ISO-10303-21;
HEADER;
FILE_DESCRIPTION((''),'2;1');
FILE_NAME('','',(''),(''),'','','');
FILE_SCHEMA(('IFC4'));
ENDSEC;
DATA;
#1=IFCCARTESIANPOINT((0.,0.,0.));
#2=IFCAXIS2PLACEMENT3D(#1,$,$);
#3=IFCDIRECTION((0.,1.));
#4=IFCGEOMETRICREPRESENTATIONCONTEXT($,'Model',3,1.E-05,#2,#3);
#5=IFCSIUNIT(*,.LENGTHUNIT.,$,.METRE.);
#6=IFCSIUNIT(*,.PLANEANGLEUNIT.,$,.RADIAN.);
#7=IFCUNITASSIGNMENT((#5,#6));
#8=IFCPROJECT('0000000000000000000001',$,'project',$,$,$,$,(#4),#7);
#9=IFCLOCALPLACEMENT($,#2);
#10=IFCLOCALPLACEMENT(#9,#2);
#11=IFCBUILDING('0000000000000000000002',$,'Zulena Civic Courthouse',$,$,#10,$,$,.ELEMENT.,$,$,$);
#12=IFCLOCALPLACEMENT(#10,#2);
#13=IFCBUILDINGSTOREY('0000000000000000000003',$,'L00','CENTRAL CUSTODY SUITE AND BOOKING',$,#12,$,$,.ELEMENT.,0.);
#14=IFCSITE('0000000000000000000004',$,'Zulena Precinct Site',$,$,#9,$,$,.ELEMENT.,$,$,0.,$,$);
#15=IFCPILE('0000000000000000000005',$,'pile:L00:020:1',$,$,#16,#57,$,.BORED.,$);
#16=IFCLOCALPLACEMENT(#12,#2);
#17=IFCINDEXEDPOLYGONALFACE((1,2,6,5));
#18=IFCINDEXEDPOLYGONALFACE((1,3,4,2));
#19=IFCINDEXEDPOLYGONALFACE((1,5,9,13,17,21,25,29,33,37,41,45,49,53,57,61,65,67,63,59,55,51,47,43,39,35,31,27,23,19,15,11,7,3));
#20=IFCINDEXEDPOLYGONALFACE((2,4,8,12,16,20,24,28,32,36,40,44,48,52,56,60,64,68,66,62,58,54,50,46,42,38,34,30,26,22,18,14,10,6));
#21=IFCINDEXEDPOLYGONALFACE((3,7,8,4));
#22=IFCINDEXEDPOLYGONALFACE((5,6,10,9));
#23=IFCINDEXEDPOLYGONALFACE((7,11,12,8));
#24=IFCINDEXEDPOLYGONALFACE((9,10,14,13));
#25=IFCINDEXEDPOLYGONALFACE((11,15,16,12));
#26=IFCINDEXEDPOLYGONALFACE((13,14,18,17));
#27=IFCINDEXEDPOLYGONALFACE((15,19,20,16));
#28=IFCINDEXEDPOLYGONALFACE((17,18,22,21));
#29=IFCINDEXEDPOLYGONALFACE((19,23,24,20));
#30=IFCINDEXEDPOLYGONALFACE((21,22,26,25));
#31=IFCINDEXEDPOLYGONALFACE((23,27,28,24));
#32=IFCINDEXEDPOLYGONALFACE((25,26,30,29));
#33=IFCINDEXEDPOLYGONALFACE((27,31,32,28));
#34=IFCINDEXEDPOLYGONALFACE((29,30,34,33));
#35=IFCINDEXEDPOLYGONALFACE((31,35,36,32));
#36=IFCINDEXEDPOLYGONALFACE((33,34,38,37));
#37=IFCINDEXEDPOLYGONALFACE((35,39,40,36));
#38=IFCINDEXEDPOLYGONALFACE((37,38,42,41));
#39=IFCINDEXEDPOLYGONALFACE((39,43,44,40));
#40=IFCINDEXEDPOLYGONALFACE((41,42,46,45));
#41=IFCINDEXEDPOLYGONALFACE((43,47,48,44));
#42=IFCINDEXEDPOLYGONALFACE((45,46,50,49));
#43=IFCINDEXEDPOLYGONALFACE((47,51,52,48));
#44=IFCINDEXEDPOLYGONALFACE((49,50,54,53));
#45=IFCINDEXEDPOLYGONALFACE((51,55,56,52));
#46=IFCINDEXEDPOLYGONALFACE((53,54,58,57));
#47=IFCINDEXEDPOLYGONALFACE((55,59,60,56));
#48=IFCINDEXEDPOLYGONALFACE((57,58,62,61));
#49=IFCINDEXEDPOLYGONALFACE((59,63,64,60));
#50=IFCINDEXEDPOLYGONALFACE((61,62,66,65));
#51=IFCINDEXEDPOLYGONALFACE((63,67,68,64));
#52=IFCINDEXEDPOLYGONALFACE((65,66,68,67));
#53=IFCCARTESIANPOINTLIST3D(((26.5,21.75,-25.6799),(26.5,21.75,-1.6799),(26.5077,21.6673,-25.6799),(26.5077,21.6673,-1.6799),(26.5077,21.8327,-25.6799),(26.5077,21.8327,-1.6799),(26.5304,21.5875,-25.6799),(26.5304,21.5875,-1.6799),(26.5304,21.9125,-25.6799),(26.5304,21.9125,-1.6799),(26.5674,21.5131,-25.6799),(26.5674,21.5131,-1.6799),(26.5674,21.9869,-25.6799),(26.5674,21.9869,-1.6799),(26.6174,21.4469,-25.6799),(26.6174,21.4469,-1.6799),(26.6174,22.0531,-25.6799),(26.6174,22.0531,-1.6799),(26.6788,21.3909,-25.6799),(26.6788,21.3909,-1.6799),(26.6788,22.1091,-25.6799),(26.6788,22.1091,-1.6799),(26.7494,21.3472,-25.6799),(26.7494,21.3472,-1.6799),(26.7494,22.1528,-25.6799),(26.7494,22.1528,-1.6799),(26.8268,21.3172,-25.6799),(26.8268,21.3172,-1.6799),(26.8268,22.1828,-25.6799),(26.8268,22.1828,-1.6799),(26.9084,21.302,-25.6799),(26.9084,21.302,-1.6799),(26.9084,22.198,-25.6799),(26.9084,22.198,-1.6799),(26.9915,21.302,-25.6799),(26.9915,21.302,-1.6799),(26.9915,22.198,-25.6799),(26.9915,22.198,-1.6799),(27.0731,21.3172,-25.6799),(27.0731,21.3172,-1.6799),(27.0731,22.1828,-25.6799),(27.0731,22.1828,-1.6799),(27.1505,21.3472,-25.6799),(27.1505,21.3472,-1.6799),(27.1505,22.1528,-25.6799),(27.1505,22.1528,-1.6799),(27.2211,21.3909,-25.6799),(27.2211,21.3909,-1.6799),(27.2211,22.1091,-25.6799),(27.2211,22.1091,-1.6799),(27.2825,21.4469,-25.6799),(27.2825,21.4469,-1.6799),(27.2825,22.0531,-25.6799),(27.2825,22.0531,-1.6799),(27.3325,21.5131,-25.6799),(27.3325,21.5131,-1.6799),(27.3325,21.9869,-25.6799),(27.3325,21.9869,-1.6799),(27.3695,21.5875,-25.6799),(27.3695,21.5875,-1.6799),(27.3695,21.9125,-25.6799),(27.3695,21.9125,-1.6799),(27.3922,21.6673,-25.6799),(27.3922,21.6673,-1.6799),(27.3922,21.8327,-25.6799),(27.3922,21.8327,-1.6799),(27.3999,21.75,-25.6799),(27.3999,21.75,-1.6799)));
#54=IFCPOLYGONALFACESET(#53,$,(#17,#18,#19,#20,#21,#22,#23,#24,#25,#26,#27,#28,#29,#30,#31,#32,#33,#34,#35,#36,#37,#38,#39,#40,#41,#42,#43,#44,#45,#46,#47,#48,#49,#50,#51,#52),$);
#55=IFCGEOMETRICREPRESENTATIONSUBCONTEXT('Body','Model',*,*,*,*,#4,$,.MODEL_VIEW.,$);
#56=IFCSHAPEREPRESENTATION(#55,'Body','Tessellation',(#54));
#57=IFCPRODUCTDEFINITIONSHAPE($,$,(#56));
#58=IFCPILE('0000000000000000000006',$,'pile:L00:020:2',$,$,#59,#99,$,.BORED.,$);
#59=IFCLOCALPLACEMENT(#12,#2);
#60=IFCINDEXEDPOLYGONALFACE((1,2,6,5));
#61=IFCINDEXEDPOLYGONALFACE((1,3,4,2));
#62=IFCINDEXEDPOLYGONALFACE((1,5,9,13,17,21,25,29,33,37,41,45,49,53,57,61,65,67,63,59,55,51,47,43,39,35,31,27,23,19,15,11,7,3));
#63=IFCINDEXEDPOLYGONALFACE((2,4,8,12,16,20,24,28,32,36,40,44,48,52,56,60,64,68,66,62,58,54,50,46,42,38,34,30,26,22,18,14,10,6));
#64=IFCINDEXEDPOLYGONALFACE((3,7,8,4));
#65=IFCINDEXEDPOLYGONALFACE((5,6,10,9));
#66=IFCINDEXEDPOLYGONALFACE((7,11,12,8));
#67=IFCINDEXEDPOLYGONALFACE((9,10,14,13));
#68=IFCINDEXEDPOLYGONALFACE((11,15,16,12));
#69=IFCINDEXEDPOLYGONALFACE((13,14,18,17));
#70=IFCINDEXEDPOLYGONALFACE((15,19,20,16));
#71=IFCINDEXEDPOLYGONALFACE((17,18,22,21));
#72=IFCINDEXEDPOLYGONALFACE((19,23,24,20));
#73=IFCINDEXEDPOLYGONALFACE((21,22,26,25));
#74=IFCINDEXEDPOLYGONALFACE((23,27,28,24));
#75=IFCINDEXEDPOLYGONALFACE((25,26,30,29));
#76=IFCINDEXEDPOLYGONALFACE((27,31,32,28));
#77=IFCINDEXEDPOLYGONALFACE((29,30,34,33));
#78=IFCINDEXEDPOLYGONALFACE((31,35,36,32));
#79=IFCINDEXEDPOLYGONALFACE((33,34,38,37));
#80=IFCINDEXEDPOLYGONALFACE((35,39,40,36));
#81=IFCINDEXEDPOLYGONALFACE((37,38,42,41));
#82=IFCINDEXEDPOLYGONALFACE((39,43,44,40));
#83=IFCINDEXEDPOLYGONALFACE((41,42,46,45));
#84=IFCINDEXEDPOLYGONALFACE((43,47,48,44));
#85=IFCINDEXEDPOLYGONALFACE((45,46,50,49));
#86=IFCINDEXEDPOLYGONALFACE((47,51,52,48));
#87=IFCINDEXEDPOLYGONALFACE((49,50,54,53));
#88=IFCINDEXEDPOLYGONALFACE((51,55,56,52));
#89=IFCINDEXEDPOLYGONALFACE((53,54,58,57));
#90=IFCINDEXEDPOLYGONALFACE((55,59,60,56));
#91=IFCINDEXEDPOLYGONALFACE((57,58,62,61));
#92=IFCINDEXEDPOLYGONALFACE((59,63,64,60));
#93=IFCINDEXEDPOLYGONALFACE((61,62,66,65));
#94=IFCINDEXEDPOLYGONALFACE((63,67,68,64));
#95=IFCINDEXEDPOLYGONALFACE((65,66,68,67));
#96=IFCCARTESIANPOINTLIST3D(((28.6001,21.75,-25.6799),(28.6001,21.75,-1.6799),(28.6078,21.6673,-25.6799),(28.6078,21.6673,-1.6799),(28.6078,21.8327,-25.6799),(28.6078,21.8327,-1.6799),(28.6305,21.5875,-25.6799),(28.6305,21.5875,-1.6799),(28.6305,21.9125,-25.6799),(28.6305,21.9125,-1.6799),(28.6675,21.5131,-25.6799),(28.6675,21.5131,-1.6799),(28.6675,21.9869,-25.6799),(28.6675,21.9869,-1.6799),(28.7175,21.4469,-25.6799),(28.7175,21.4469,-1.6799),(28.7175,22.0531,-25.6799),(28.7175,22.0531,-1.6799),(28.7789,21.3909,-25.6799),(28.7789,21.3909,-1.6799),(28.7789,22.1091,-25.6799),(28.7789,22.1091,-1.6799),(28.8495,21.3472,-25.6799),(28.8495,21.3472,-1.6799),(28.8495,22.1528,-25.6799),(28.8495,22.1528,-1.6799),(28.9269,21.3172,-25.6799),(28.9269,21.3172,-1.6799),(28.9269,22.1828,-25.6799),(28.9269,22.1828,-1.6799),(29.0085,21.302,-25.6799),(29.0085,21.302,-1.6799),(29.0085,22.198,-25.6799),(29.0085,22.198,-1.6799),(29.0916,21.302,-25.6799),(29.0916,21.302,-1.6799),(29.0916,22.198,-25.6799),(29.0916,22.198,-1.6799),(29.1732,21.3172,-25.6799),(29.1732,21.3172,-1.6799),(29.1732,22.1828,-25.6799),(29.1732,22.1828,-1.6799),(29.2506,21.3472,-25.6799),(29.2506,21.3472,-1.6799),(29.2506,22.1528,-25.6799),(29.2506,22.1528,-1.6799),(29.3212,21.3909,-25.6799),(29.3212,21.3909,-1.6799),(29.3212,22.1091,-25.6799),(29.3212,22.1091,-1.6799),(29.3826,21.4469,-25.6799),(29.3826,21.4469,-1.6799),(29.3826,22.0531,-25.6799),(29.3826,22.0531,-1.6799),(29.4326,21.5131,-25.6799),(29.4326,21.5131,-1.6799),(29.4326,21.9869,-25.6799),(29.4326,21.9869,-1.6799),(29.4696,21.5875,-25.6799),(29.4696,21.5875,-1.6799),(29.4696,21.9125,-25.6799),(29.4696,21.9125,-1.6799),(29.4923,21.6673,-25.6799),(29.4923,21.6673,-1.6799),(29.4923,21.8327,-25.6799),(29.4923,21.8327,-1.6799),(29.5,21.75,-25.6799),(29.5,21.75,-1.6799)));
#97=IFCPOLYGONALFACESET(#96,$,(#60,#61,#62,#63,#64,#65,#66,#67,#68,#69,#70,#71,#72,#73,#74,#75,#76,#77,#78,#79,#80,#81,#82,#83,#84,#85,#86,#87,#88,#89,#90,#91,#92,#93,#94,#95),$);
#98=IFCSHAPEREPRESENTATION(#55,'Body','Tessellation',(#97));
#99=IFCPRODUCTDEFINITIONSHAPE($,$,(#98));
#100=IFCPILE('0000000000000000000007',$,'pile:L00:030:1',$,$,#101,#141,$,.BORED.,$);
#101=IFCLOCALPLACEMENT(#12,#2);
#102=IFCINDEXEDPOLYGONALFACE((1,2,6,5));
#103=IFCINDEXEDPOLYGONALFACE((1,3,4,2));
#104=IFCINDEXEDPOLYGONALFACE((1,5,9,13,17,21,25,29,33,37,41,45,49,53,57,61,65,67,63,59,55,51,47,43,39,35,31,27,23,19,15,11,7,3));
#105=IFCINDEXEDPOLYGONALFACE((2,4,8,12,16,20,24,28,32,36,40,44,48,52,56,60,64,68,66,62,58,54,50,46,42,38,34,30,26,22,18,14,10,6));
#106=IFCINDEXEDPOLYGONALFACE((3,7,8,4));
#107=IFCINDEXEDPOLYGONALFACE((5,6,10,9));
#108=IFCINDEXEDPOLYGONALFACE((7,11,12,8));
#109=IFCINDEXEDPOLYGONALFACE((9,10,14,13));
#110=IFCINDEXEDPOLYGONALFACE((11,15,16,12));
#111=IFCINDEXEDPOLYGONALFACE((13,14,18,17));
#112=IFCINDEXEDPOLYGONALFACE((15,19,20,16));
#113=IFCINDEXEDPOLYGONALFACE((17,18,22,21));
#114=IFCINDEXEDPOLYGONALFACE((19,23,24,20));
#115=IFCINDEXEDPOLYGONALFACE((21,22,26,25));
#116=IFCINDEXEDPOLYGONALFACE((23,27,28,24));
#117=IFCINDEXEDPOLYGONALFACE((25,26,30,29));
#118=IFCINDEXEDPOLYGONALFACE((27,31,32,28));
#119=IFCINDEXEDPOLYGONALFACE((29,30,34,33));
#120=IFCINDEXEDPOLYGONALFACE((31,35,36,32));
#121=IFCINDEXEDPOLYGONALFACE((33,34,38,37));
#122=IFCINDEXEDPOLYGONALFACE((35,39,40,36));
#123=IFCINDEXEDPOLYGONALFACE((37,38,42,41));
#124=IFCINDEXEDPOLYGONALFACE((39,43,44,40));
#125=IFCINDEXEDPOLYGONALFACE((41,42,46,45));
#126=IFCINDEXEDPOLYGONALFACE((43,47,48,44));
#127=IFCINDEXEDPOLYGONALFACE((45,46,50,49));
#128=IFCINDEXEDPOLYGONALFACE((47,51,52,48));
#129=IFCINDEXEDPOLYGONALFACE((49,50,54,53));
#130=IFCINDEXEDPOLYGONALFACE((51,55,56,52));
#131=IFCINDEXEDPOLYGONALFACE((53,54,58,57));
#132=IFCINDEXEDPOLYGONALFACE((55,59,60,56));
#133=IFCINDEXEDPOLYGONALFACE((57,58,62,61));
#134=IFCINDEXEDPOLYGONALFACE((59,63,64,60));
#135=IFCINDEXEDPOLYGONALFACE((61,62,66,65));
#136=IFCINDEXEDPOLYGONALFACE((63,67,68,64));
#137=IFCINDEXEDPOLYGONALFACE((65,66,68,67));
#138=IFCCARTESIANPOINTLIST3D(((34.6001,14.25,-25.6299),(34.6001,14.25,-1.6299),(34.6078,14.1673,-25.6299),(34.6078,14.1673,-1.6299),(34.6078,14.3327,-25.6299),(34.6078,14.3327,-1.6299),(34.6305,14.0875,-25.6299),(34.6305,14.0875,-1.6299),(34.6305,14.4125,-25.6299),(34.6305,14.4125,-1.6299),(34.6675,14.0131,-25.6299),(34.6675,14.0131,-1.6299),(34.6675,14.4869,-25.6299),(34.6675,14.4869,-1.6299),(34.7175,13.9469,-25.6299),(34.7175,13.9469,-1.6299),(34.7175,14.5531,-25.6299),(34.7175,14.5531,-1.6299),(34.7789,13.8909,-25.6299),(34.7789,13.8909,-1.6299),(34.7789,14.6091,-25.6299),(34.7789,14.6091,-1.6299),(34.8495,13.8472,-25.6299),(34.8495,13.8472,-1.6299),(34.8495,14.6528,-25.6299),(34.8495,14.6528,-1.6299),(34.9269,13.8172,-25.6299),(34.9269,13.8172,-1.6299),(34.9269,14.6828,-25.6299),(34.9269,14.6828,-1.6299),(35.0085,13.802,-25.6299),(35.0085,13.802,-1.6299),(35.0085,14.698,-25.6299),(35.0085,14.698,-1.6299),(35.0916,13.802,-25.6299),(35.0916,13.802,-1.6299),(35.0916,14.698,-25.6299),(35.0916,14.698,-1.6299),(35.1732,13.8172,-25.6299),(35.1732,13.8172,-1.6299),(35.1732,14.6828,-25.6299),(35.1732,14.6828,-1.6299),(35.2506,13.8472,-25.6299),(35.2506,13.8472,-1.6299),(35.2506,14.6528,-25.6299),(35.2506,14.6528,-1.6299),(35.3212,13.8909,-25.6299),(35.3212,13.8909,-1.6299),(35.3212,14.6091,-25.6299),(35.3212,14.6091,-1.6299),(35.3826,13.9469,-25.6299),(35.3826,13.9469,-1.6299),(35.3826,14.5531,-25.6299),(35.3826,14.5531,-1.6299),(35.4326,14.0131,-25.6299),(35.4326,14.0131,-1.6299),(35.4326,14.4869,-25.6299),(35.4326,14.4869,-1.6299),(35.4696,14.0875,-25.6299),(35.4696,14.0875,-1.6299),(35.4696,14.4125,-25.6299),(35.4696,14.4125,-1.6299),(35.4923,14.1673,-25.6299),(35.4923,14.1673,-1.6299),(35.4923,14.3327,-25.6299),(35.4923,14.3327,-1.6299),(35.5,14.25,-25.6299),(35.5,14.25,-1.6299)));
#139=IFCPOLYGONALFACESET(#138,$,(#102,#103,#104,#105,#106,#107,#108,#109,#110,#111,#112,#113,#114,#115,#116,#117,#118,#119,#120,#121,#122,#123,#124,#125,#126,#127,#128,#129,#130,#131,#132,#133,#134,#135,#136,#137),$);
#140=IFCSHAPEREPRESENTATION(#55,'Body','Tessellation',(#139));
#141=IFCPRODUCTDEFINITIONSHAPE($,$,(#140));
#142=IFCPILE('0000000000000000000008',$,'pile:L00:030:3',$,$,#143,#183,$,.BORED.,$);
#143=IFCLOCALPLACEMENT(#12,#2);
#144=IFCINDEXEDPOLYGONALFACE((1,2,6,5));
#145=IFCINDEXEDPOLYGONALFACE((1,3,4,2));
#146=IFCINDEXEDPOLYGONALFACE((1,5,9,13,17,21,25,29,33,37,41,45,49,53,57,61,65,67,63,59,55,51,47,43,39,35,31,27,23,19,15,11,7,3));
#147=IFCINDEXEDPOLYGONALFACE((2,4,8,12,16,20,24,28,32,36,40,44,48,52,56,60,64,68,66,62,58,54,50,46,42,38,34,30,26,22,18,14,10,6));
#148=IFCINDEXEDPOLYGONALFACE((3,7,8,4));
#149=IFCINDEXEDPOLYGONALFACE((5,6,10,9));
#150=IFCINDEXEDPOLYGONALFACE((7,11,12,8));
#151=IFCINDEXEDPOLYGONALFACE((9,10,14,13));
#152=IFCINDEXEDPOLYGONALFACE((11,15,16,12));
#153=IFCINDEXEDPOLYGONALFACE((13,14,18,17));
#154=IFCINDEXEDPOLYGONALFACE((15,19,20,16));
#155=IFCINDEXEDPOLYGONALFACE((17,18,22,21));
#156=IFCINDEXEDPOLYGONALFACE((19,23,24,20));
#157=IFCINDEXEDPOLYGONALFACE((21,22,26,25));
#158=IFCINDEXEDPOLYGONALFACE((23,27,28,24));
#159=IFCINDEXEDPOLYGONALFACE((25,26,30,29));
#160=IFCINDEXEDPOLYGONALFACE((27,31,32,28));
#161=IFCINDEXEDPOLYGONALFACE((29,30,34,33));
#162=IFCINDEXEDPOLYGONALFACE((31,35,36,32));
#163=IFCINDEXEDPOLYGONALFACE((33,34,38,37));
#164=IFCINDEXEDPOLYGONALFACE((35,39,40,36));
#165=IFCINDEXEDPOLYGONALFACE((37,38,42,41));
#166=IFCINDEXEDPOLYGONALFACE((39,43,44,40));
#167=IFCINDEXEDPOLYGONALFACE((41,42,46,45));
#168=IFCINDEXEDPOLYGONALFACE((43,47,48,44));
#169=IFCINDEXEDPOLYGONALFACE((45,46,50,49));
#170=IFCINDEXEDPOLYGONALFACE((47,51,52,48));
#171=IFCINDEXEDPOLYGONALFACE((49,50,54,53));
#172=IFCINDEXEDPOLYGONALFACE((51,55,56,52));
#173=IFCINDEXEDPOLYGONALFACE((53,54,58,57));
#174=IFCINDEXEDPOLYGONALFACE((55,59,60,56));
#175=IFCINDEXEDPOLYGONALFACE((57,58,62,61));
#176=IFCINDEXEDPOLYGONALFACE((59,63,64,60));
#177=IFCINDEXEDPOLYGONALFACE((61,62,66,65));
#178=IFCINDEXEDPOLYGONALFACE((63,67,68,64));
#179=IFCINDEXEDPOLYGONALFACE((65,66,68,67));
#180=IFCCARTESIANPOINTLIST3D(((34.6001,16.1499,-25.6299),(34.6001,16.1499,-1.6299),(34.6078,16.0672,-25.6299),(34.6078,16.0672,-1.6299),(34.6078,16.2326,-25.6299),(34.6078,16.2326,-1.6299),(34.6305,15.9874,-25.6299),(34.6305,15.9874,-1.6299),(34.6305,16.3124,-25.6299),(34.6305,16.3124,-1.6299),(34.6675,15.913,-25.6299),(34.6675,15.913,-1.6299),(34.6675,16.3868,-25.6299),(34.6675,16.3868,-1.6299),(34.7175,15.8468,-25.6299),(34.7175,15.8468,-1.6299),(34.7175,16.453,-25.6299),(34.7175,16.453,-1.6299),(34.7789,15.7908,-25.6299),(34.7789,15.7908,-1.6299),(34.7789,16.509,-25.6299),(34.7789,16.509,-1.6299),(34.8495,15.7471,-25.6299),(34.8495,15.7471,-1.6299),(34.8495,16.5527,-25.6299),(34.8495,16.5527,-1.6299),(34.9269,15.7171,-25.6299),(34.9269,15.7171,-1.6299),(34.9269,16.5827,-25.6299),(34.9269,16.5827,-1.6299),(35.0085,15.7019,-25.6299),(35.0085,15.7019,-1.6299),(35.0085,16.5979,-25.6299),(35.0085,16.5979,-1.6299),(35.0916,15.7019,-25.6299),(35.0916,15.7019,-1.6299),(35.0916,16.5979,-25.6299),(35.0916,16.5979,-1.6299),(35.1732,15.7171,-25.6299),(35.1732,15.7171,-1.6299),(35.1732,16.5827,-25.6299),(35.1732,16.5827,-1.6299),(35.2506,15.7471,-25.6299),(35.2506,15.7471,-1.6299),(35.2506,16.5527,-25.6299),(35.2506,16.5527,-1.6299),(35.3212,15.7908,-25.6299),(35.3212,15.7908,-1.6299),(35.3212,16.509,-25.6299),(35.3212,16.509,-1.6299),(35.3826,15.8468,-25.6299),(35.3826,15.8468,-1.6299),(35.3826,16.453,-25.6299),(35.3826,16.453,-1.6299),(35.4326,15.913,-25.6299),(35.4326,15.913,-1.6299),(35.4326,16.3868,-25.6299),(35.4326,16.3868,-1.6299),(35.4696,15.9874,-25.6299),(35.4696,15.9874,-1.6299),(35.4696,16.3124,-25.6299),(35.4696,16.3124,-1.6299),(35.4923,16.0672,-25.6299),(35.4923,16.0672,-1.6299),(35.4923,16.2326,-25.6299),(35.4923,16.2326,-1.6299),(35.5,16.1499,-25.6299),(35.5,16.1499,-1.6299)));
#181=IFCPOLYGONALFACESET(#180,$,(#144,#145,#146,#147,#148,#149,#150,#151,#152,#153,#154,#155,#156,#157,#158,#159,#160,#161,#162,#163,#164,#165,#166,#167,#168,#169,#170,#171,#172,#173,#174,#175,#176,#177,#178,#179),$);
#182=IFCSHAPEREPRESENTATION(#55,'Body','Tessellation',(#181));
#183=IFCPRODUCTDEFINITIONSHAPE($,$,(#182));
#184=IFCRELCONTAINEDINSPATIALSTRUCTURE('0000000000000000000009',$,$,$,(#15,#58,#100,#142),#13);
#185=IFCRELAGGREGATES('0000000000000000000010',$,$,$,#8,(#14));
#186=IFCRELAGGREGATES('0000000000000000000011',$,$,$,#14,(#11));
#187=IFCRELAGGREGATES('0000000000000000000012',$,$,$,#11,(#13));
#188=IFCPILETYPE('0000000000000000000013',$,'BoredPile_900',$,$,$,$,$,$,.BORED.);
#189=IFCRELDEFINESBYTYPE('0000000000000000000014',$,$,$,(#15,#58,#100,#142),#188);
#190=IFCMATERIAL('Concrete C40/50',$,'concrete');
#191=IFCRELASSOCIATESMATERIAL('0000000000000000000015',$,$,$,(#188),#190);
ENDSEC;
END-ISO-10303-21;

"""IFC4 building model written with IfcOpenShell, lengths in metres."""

from ifc_helpers import new_model, si_unit, direction, frame, origin, origin_2d, place, context, subcontext, project, spatial, circle, extrude, material, material_profile, profile_set, type_object, element, save


model = new_model("IFC4")

# Units and contexts
model_context = context("Model", 3, precision=1e-05, world=origin(), true_north=direction((0.0, 1.0)))
body_context = subcontext(model_context, "Body", "Model", "MODEL_VIEW")
ifc_project = project(units=[si_unit("LENGTHUNIT", "METRE"), si_unit("PLANEANGLEUNIT", "RADIAN")], contexts=[model_context])

# Site, building, storey
site_placement = place(None, origin())
site = spatial("IfcSite", under=ifc_project, at=site_placement, Name="Zulena Precinct Site", CompositionType="ELEMENT", RefElevation=0.0)
building_placement = place(site_placement, origin())
building = spatial("IfcBuilding", under=site, at=building_placement, Name="Zulena Civic Courthouse", CompositionType="ELEMENT")
storey_placement = place(building_placement, origin())
storey = spatial("IfcBuildingStorey", under=building, at=storey_placement, Name="L00", Description="CENTRAL CUSTODY SUITE AND BOOKING", CompositionType="ELEMENT", Elevation=0.0)

# Piles
ifc_material_1 = material(Name="Concrete C40/50", Category="concrete")
ifc_material_profile_1 = material_profile(ifc_material_1, circle(Radius=0.45, at=origin_2d()), Name="PILE900")
ifc_profile_set_1 = profile_set([ifc_material_profile_1], Name="Concrete C40/50")
pile_type = type_object("IfcPileType", Name="BoredPile_900", PredefinedType="BORED", material=ifc_profile_set_1)
for number, where, z_axis, x_axis, name in (
    (1, (26.95, 21.75, -1.6799), (0.0, 0.0, -1.0), (1.0, 0.0, 0.0), "pile:L00:020:1"),
    (2, (29.05, 21.75, -1.6799), (0.0, 0.0, -1.0), (1.0, 0.0, 0.0), "pile:L00:020:2"),
    (3, (35.05, 14.25, -1.6299), (0.0, 0.0, -1.0), (1.0, 0.0, 0.0), "pile:L00:030:1"),
    (4, (35.05, 16.1499, -1.6299), (0.0, 0.0, -1.0), (1.0, 0.0, 0.0), "pile:L00:030:3"),
):
    element("IfcPile", number, at=place(storey_placement, frame(where, z_axis=z_axis, x_axis=x_axis)), inside=storey, type_object=pile_type, Name=name, PredefinedType="BORED", context=body_context, shape_type="SweptSolid", body=[
        extrude(circle(Radius=0.45, at=origin_2d()), origin(), (0.0, 0.0, 1.0), 24.0),
    ])

save(model, "model.ifc")
